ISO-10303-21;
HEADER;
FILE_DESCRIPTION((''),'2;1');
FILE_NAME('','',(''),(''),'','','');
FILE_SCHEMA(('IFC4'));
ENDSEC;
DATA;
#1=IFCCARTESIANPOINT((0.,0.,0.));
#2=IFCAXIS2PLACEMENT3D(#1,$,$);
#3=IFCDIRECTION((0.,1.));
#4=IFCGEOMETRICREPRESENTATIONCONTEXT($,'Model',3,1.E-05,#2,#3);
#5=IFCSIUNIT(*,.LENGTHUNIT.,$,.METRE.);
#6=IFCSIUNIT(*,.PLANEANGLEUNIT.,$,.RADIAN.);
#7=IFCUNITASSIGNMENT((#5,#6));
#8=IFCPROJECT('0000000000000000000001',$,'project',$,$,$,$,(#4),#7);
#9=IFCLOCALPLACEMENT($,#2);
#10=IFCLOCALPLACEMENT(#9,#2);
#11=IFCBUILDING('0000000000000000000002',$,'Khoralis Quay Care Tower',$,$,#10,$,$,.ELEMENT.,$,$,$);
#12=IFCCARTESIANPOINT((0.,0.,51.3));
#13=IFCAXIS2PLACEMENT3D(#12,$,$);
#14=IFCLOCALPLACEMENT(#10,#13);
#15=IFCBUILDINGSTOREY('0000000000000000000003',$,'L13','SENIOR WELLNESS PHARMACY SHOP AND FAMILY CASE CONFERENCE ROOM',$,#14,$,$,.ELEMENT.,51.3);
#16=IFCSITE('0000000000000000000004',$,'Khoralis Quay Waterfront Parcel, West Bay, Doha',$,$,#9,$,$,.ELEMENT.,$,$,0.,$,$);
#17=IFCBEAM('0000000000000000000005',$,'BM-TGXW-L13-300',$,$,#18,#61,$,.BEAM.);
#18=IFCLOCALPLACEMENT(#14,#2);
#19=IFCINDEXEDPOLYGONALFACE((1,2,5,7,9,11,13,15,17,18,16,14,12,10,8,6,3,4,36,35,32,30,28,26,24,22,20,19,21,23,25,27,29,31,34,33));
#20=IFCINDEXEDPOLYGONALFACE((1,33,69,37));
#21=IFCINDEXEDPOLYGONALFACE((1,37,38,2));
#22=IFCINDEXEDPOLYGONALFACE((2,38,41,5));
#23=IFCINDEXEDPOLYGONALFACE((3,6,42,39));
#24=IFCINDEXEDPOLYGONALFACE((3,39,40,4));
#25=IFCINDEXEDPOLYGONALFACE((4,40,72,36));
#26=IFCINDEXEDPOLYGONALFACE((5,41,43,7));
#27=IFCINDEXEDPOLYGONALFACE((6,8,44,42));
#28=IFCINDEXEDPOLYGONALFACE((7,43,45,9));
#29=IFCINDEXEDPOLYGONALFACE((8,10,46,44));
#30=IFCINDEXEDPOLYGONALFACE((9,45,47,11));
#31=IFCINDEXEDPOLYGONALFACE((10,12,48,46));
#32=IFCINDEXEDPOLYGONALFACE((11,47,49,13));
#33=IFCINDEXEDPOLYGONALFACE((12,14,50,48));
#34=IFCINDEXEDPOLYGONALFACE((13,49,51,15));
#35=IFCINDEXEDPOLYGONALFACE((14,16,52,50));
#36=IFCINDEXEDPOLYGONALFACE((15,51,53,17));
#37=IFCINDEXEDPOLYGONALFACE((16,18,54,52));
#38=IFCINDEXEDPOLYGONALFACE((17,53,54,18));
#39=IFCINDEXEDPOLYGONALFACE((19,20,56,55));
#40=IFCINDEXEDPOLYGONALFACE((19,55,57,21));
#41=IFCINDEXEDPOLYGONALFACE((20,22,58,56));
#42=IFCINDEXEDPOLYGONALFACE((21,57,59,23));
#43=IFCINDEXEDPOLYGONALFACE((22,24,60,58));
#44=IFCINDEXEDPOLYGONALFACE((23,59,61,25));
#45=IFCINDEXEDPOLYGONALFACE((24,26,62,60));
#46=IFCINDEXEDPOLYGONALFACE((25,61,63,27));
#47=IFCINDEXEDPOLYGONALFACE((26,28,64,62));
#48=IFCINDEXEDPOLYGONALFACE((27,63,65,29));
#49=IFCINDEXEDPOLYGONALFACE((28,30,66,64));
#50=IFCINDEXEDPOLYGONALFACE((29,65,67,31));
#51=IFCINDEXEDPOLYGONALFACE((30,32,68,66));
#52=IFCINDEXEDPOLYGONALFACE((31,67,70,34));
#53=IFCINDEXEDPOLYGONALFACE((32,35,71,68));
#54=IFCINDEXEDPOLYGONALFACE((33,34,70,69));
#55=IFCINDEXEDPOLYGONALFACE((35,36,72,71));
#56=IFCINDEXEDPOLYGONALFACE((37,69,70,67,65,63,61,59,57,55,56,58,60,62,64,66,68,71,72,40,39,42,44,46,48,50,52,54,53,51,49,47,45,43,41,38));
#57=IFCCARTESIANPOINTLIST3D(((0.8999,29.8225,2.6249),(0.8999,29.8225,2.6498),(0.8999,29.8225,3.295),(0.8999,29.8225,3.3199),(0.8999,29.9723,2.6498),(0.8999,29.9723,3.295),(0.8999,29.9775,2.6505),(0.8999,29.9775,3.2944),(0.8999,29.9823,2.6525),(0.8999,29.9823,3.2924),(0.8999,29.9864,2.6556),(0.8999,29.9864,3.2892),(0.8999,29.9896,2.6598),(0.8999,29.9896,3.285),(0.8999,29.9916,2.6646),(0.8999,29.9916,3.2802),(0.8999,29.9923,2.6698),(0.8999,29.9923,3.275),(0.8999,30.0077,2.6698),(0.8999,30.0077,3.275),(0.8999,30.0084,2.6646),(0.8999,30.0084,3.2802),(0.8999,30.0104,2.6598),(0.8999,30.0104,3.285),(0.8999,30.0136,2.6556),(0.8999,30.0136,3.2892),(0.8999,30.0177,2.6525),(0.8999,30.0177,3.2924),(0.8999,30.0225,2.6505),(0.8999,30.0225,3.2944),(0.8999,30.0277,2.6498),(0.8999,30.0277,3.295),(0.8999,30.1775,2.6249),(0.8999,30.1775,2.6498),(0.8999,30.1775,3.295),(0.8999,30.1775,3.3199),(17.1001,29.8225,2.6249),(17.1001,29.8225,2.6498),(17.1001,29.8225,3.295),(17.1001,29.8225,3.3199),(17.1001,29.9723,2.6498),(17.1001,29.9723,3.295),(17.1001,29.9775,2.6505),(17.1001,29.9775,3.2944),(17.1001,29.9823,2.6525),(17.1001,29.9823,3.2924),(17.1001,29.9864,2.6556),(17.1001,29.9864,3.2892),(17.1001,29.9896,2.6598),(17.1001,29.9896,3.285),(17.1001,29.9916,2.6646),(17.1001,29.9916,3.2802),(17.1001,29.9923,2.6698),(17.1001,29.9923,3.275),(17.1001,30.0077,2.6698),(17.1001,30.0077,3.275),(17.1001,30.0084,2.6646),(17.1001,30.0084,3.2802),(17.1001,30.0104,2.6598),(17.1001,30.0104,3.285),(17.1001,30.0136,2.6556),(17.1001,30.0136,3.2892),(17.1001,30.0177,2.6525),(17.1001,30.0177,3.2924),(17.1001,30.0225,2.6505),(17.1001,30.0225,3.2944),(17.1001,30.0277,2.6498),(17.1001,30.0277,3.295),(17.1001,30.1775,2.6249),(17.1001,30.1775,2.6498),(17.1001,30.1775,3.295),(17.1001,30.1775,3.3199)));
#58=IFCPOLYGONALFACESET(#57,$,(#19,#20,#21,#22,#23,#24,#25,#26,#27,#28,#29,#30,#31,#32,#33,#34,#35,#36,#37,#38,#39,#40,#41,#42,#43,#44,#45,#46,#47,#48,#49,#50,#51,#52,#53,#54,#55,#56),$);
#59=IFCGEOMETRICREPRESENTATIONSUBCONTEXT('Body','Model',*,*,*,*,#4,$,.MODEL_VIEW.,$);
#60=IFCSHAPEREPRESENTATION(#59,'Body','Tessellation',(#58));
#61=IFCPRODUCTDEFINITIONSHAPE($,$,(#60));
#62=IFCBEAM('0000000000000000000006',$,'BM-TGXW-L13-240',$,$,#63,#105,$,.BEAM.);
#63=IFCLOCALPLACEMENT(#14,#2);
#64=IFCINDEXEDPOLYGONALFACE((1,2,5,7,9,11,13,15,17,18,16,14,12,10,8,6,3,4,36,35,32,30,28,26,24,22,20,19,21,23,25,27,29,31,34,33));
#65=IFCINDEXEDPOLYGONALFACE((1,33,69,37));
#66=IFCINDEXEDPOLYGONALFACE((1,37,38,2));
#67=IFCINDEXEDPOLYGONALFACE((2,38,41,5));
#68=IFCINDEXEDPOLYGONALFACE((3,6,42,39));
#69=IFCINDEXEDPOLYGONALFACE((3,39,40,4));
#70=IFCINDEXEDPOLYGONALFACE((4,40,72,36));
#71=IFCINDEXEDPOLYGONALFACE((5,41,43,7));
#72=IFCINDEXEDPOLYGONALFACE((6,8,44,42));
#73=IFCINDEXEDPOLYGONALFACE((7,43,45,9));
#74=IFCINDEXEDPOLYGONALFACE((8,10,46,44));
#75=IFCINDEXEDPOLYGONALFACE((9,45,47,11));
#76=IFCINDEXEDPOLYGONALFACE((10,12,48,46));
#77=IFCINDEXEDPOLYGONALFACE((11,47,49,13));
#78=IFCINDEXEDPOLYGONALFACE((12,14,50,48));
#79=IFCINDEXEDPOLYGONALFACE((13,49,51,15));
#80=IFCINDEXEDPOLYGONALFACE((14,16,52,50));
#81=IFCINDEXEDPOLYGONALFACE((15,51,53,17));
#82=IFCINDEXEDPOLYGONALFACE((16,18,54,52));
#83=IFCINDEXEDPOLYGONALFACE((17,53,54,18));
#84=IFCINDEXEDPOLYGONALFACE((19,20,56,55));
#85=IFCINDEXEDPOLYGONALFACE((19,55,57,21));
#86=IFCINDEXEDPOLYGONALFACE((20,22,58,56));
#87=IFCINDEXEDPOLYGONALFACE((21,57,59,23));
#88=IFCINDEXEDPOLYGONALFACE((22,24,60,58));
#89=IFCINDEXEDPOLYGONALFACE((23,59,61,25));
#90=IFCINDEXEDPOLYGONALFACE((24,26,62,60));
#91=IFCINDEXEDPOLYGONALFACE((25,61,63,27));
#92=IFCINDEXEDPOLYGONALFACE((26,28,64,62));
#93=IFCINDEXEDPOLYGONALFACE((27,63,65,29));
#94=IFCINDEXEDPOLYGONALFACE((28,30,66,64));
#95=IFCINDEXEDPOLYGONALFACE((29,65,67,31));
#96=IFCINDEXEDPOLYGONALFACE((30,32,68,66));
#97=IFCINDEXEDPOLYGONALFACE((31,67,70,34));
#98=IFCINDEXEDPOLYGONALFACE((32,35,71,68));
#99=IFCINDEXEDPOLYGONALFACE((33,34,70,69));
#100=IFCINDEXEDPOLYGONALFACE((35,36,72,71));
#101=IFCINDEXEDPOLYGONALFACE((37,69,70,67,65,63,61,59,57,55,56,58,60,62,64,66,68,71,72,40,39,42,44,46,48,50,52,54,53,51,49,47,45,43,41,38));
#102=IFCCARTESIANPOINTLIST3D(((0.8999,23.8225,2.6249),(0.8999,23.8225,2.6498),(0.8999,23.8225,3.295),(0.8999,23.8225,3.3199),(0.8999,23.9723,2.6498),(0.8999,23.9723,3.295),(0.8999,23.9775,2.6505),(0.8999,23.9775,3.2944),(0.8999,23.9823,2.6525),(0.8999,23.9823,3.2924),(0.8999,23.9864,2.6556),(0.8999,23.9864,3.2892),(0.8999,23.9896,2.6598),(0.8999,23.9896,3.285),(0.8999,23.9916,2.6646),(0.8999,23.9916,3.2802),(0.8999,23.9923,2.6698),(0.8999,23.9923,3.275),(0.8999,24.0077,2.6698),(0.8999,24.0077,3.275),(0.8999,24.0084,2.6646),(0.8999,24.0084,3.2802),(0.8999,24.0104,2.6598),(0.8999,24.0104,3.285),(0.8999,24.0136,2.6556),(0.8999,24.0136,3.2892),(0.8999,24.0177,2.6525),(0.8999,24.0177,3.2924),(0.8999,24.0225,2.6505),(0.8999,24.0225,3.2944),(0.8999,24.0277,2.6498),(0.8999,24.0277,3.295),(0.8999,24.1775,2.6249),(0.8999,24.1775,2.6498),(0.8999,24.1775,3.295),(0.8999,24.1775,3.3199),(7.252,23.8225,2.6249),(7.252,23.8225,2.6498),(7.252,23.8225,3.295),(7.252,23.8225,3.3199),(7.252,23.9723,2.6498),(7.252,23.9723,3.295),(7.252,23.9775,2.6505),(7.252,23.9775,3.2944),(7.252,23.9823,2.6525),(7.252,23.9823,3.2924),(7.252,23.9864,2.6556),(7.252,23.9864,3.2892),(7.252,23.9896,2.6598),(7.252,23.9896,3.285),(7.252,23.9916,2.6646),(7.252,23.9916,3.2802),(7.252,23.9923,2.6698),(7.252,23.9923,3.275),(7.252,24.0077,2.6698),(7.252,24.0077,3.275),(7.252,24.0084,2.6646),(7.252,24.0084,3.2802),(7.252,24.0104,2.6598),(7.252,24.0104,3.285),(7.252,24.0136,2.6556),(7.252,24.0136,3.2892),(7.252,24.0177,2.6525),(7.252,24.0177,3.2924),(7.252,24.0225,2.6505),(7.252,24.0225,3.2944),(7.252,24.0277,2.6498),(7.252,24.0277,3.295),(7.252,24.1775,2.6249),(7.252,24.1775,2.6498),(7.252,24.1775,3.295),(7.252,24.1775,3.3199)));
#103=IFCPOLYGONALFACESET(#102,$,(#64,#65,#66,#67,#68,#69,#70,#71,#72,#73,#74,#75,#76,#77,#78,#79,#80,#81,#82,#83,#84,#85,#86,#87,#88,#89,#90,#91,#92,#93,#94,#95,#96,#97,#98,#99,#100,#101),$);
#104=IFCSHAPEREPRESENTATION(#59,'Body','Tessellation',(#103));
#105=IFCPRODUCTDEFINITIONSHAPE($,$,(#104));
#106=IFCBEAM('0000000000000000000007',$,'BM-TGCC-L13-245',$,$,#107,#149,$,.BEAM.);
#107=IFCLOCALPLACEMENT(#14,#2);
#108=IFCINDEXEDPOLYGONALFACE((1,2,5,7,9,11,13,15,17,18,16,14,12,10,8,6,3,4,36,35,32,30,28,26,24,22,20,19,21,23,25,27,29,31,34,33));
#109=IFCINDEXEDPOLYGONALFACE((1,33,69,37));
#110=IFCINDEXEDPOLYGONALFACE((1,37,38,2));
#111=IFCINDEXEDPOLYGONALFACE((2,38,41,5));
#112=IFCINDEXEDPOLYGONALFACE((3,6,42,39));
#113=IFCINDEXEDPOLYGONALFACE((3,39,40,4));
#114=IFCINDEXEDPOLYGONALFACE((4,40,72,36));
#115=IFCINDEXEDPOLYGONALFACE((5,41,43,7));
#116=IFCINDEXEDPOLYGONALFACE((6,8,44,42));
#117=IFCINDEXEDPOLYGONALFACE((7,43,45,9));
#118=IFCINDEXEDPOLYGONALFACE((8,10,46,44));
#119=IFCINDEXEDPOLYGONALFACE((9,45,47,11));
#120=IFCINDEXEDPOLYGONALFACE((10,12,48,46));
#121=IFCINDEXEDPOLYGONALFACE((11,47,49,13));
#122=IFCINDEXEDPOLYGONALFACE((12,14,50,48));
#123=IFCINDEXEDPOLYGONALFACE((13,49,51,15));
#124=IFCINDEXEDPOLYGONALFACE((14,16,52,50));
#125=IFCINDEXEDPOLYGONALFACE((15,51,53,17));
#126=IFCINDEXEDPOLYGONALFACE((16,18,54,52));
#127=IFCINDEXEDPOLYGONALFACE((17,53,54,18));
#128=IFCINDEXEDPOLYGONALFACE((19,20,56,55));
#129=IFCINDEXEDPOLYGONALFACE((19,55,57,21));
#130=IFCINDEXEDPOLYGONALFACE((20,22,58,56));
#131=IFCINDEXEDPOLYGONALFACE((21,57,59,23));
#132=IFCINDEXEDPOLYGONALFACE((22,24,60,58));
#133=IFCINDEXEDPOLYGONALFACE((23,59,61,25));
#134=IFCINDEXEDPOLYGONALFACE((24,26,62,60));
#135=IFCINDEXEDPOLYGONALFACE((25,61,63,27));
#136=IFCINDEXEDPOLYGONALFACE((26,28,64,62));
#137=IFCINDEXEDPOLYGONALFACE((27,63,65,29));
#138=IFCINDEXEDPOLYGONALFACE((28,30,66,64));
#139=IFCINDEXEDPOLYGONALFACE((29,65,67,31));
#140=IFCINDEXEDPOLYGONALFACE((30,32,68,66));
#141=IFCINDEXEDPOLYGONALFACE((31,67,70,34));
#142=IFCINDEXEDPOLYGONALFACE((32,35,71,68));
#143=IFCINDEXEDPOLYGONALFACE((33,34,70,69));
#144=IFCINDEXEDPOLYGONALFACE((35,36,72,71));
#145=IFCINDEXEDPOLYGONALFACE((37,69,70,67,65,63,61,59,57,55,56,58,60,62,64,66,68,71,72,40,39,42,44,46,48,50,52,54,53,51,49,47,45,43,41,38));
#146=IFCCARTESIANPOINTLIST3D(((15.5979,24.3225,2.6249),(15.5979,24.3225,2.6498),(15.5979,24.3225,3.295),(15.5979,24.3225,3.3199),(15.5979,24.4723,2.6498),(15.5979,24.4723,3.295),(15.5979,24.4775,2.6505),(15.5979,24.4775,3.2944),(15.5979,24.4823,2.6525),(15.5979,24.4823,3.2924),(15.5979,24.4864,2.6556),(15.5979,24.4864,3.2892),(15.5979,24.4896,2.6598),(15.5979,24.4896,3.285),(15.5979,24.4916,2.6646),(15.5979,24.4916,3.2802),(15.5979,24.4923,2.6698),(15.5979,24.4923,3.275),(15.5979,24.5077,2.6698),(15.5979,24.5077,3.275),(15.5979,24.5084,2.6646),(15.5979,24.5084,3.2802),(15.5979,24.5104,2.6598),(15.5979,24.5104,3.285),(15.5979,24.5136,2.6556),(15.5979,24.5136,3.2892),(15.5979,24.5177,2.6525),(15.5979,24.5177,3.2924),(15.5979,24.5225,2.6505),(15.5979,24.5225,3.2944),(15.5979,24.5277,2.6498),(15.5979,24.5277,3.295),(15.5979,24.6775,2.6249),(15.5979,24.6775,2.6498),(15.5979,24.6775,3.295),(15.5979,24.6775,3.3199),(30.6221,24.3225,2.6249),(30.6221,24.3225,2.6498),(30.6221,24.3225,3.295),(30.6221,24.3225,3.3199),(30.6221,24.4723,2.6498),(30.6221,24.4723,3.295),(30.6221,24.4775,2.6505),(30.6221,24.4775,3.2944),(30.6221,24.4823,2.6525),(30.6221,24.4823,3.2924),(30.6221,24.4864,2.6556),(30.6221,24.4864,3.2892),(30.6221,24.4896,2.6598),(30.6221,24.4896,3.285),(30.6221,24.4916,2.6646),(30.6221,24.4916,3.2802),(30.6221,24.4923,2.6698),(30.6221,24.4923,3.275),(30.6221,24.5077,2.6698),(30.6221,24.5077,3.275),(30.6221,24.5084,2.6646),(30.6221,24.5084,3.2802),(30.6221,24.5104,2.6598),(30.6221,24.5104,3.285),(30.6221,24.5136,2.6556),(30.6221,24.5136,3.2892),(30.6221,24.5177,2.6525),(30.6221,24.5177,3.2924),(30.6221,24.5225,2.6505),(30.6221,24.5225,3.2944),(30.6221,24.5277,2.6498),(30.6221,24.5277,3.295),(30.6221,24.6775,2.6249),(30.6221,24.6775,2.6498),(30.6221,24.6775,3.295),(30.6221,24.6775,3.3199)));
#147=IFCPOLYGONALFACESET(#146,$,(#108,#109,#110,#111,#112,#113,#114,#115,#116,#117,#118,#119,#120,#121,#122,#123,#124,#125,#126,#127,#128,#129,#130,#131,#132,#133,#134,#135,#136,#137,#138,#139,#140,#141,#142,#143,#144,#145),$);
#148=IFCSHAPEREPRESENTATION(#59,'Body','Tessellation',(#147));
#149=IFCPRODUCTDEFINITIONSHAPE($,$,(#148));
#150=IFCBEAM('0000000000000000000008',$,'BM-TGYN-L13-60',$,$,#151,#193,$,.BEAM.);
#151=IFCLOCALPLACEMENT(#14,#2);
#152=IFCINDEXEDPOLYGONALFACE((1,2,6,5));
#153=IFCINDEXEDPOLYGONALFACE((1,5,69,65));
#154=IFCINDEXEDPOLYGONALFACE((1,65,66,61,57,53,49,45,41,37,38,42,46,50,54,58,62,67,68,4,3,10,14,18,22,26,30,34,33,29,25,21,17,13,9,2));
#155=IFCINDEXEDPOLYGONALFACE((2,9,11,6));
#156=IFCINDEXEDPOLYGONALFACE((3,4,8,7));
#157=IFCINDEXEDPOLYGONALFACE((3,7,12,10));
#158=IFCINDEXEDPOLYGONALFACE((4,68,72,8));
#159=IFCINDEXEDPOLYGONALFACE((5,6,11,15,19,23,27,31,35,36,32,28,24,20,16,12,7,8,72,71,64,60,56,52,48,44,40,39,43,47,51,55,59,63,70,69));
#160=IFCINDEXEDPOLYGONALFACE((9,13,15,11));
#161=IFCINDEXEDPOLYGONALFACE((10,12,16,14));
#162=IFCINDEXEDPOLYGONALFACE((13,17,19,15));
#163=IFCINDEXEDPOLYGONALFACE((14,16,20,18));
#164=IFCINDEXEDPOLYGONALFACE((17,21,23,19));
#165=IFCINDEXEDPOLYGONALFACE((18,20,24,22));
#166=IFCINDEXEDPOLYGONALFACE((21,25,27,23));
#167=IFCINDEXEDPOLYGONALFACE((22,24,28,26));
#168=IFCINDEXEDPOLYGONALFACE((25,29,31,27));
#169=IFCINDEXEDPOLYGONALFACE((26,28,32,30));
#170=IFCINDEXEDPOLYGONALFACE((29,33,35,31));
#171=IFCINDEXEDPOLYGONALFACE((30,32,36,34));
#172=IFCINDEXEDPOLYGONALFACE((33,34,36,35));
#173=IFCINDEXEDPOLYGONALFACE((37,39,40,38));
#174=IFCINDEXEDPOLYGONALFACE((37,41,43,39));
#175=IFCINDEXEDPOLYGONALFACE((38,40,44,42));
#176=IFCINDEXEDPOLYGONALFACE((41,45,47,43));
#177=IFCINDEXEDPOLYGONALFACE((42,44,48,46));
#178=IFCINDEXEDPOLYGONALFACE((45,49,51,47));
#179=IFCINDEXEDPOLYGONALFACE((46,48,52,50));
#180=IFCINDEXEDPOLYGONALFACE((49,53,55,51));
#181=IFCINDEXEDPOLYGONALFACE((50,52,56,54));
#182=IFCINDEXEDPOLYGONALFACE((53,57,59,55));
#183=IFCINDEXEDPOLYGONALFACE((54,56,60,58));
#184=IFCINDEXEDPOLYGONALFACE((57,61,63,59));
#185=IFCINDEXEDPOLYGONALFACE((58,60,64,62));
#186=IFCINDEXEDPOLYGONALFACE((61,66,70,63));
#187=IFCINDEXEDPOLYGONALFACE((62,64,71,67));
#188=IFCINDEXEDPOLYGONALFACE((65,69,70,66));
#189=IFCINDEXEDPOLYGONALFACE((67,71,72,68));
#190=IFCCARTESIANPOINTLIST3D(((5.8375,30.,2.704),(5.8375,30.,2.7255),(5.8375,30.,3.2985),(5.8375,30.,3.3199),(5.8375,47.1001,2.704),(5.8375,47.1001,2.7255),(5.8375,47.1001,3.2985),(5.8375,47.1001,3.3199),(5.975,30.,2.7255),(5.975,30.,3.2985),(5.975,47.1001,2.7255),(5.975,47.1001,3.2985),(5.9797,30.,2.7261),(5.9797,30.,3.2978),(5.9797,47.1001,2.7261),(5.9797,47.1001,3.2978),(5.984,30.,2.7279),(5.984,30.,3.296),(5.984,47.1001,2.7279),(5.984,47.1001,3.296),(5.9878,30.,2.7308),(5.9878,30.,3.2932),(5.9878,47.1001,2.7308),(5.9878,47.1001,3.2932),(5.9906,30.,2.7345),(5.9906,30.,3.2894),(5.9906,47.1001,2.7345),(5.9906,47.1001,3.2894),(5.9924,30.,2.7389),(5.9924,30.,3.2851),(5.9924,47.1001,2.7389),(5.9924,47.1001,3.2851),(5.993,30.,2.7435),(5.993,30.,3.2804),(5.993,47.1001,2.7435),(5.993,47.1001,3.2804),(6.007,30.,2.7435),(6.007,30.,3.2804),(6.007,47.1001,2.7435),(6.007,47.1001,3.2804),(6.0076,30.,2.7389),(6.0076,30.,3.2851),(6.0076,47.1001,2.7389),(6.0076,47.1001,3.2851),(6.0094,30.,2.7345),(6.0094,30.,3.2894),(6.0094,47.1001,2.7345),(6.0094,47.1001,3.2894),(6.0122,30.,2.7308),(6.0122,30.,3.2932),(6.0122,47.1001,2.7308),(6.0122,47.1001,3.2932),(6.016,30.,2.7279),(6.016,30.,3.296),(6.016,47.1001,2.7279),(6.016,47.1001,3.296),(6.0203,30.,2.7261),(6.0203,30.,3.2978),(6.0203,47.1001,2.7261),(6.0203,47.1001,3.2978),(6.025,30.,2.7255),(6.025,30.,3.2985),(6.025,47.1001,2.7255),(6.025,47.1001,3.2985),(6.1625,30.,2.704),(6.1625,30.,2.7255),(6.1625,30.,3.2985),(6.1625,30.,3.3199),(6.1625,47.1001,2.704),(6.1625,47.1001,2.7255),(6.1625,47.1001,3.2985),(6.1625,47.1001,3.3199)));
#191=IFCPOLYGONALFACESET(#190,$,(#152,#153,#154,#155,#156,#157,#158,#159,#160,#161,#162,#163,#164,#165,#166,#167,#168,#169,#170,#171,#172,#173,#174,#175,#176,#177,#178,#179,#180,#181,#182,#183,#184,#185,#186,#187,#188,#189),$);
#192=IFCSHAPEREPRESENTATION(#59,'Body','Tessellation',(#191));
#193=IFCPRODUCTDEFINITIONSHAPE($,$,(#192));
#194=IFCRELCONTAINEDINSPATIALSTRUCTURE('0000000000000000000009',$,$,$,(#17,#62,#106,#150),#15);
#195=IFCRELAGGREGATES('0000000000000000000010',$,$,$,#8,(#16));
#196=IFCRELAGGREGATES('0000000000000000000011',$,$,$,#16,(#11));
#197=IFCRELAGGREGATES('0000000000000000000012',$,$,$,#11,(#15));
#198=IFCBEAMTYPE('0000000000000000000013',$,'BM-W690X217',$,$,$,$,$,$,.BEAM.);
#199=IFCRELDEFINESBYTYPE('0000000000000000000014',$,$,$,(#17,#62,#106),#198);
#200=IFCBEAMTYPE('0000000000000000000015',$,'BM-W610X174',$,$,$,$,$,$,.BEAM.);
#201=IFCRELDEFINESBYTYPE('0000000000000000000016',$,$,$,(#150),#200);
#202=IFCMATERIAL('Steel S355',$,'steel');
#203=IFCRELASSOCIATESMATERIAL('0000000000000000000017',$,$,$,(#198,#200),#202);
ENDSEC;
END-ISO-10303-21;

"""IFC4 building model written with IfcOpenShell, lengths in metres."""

from ifc_helpers import new_model, si_unit, direction, frame, origin, origin_2d, place, context, subcontext, project, spatial, i_section, extrude, source, transform, mapped, material, material_profile, profile_set, type_object, element, save


model = new_model("IFC4")

# Units and contexts
model_context = context("Model", 3, precision=1e-05, world=origin(), true_north=direction((0.0, 1.0)))
body_context = subcontext(model_context, "Body", "Model", "MODEL_VIEW")
ifc_project = project(units=[si_unit("LENGTHUNIT", "METRE"), si_unit("PLANEANGLEUNIT", "RADIAN")], contexts=[model_context])

# Site, building, storey
site_placement = place(None, origin())
site = spatial("IfcSite", under=ifc_project, at=site_placement, Name="Khoralis Quay Waterfront Parcel, West Bay, Doha", CompositionType="ELEMENT", RefElevation=0.0)
building_placement = place(site_placement, origin())
building = spatial("IfcBuilding", under=site, at=building_placement, Name="Khoralis Quay Care Tower", CompositionType="ELEMENT")
storey_placement = place(building_placement, frame((0.0, 0.0, 51.3)))
storey = spatial("IfcBuildingStorey", under=building, at=storey_placement, Name="L13", Description="SENIOR WELLNESS PHARMACY SHOP AND FAMILY CASE CONFERENCE ROOM", CompositionType="ELEMENT", Elevation=51.3)

# Beams
ifc_material_1 = material(Name="Steel S355", Category="steel")
ifc_material_profile_1 = material_profile(ifc_material_1, i_section(OverallWidth=0.355, OverallDepth=0.6951, WebThickness=0.0154, FlangeThickness=0.0249, FilletRadius=0.02, at=origin_2d()), Name="Steel S355")
ifc_profile_set_1 = profile_set([ifc_material_profile_1], Name="Steel S355")
beam_type_1 = type_object("IfcBeamType", Name="BM-W690X217", PredefinedType="BEAM", material=ifc_profile_set_1)
shared_shape_1 = source(origin(), body_context, "Body", "SweptSolid", [
    extrude(i_section(OverallWidth=0.355, OverallDepth=0.6951, WebThickness=0.0154, FlangeThickness=0.0249, FilletRadius=0.02, at=origin_2d()), origin(), (0.0, 0.0, 1.0), 16.2002),
])
beam_1_placement = place(storey_placement, frame((0.8999, 30.0, 2.9724), z_axis=(1.0, 0.0, 0.0), x_axis=(0.0, 1.0, 0.0)))
element("IfcBeam", 1, at=beam_1_placement, inside=storey, type_object=beam_type_1, Name="BM-TGXW-L13-300", PredefinedType="BEAM", context=body_context, shape_type="MappedRepresentation", body=[
    mapped(shared_shape_1, transform((0.0, 0.0, 0.0), scale=1.0)),
])
shared_shape_2 = source(origin(), body_context, "Body", "SweptSolid", [
    extrude(i_section(OverallWidth=0.355, OverallDepth=0.6951, WebThickness=0.0154, FlangeThickness=0.0249, FilletRadius=0.02, at=origin_2d()), origin(), (0.0, 0.0, 1.0), 6.3521),
])
beam_2_placement = place(storey_placement, frame((0.8999, 24.0, 2.9724), z_axis=(1.0, 0.0, 0.0), x_axis=(0.0, 1.0, 0.0)))
element("IfcBeam", 2, at=beam_2_placement, inside=storey, type_object=beam_type_1, Name="BM-TGXW-L13-240", PredefinedType="BEAM", context=body_context, shape_type="MappedRepresentation", body=[
    mapped(shared_shape_2, transform((0.0, 0.0, 0.0), scale=1.0)),
])
shared_shape_3 = source(origin(), body_context, "Body", "SweptSolid", [
    extrude(i_section(OverallWidth=0.355, OverallDepth=0.6951, WebThickness=0.0154, FlangeThickness=0.0249, FilletRadius=0.02, at=origin_2d()), origin(), (0.0, 0.0, 1.0), 15.0242),
])
beam_3_placement = place(storey_placement, frame((15.5979, 24.5, 2.9724), z_axis=(1.0, 0.0, 0.0), x_axis=(0.0, 1.0, 0.0)))
element("IfcBeam", 3, at=beam_3_placement, inside=storey, type_object=beam_type_1, Name="BM-TGCC-L13-245", PredefinedType="BEAM", context=body_context, shape_type="MappedRepresentation", body=[
    mapped(shared_shape_3, transform((0.0, 0.0, 0.0), scale=1.0)),
])
ifc_material_profile_2 = material_profile(ifc_material_1, i_section(OverallWidth=0.325, OverallDepth=0.616, WebThickness=0.0139, FlangeThickness=0.0215, FilletRadius=0.0181, at=origin_2d()), Name="Steel S355")
ifc_profile_set_2 = profile_set([ifc_material_profile_2], Name="Steel S355")
beam_type_2 = type_object("IfcBeamType", Name="BM-W610X174", PredefinedType="BEAM", material=ifc_profile_set_2)
shared_shape_4 = source(origin(), body_context, "Body", "SweptSolid", [
    extrude(i_section(OverallWidth=0.325, OverallDepth=0.616, WebThickness=0.0139, FlangeThickness=0.0215, FilletRadius=0.0181, at=origin_2d()), origin(), (0.0, 0.0, 1.0), 17.1001),
])
beam_4_placement = place(storey_placement, frame((6.0, 30.0, 3.012), z_axis=(0.0, 1.0, 0.0), x_axis=(-1.0, 0.0, 0.0)))
element("IfcBeam", 4, at=beam_4_placement, inside=storey, type_object=beam_type_2, Name="BM-TGYN-L13-60", PredefinedType="BEAM", context=body_context, shape_type="MappedRepresentation", body=[
    mapped(shared_shape_4, transform((0.0, 0.0, 0.0), scale=1.0)),
])

save(model, "model.ifc")
